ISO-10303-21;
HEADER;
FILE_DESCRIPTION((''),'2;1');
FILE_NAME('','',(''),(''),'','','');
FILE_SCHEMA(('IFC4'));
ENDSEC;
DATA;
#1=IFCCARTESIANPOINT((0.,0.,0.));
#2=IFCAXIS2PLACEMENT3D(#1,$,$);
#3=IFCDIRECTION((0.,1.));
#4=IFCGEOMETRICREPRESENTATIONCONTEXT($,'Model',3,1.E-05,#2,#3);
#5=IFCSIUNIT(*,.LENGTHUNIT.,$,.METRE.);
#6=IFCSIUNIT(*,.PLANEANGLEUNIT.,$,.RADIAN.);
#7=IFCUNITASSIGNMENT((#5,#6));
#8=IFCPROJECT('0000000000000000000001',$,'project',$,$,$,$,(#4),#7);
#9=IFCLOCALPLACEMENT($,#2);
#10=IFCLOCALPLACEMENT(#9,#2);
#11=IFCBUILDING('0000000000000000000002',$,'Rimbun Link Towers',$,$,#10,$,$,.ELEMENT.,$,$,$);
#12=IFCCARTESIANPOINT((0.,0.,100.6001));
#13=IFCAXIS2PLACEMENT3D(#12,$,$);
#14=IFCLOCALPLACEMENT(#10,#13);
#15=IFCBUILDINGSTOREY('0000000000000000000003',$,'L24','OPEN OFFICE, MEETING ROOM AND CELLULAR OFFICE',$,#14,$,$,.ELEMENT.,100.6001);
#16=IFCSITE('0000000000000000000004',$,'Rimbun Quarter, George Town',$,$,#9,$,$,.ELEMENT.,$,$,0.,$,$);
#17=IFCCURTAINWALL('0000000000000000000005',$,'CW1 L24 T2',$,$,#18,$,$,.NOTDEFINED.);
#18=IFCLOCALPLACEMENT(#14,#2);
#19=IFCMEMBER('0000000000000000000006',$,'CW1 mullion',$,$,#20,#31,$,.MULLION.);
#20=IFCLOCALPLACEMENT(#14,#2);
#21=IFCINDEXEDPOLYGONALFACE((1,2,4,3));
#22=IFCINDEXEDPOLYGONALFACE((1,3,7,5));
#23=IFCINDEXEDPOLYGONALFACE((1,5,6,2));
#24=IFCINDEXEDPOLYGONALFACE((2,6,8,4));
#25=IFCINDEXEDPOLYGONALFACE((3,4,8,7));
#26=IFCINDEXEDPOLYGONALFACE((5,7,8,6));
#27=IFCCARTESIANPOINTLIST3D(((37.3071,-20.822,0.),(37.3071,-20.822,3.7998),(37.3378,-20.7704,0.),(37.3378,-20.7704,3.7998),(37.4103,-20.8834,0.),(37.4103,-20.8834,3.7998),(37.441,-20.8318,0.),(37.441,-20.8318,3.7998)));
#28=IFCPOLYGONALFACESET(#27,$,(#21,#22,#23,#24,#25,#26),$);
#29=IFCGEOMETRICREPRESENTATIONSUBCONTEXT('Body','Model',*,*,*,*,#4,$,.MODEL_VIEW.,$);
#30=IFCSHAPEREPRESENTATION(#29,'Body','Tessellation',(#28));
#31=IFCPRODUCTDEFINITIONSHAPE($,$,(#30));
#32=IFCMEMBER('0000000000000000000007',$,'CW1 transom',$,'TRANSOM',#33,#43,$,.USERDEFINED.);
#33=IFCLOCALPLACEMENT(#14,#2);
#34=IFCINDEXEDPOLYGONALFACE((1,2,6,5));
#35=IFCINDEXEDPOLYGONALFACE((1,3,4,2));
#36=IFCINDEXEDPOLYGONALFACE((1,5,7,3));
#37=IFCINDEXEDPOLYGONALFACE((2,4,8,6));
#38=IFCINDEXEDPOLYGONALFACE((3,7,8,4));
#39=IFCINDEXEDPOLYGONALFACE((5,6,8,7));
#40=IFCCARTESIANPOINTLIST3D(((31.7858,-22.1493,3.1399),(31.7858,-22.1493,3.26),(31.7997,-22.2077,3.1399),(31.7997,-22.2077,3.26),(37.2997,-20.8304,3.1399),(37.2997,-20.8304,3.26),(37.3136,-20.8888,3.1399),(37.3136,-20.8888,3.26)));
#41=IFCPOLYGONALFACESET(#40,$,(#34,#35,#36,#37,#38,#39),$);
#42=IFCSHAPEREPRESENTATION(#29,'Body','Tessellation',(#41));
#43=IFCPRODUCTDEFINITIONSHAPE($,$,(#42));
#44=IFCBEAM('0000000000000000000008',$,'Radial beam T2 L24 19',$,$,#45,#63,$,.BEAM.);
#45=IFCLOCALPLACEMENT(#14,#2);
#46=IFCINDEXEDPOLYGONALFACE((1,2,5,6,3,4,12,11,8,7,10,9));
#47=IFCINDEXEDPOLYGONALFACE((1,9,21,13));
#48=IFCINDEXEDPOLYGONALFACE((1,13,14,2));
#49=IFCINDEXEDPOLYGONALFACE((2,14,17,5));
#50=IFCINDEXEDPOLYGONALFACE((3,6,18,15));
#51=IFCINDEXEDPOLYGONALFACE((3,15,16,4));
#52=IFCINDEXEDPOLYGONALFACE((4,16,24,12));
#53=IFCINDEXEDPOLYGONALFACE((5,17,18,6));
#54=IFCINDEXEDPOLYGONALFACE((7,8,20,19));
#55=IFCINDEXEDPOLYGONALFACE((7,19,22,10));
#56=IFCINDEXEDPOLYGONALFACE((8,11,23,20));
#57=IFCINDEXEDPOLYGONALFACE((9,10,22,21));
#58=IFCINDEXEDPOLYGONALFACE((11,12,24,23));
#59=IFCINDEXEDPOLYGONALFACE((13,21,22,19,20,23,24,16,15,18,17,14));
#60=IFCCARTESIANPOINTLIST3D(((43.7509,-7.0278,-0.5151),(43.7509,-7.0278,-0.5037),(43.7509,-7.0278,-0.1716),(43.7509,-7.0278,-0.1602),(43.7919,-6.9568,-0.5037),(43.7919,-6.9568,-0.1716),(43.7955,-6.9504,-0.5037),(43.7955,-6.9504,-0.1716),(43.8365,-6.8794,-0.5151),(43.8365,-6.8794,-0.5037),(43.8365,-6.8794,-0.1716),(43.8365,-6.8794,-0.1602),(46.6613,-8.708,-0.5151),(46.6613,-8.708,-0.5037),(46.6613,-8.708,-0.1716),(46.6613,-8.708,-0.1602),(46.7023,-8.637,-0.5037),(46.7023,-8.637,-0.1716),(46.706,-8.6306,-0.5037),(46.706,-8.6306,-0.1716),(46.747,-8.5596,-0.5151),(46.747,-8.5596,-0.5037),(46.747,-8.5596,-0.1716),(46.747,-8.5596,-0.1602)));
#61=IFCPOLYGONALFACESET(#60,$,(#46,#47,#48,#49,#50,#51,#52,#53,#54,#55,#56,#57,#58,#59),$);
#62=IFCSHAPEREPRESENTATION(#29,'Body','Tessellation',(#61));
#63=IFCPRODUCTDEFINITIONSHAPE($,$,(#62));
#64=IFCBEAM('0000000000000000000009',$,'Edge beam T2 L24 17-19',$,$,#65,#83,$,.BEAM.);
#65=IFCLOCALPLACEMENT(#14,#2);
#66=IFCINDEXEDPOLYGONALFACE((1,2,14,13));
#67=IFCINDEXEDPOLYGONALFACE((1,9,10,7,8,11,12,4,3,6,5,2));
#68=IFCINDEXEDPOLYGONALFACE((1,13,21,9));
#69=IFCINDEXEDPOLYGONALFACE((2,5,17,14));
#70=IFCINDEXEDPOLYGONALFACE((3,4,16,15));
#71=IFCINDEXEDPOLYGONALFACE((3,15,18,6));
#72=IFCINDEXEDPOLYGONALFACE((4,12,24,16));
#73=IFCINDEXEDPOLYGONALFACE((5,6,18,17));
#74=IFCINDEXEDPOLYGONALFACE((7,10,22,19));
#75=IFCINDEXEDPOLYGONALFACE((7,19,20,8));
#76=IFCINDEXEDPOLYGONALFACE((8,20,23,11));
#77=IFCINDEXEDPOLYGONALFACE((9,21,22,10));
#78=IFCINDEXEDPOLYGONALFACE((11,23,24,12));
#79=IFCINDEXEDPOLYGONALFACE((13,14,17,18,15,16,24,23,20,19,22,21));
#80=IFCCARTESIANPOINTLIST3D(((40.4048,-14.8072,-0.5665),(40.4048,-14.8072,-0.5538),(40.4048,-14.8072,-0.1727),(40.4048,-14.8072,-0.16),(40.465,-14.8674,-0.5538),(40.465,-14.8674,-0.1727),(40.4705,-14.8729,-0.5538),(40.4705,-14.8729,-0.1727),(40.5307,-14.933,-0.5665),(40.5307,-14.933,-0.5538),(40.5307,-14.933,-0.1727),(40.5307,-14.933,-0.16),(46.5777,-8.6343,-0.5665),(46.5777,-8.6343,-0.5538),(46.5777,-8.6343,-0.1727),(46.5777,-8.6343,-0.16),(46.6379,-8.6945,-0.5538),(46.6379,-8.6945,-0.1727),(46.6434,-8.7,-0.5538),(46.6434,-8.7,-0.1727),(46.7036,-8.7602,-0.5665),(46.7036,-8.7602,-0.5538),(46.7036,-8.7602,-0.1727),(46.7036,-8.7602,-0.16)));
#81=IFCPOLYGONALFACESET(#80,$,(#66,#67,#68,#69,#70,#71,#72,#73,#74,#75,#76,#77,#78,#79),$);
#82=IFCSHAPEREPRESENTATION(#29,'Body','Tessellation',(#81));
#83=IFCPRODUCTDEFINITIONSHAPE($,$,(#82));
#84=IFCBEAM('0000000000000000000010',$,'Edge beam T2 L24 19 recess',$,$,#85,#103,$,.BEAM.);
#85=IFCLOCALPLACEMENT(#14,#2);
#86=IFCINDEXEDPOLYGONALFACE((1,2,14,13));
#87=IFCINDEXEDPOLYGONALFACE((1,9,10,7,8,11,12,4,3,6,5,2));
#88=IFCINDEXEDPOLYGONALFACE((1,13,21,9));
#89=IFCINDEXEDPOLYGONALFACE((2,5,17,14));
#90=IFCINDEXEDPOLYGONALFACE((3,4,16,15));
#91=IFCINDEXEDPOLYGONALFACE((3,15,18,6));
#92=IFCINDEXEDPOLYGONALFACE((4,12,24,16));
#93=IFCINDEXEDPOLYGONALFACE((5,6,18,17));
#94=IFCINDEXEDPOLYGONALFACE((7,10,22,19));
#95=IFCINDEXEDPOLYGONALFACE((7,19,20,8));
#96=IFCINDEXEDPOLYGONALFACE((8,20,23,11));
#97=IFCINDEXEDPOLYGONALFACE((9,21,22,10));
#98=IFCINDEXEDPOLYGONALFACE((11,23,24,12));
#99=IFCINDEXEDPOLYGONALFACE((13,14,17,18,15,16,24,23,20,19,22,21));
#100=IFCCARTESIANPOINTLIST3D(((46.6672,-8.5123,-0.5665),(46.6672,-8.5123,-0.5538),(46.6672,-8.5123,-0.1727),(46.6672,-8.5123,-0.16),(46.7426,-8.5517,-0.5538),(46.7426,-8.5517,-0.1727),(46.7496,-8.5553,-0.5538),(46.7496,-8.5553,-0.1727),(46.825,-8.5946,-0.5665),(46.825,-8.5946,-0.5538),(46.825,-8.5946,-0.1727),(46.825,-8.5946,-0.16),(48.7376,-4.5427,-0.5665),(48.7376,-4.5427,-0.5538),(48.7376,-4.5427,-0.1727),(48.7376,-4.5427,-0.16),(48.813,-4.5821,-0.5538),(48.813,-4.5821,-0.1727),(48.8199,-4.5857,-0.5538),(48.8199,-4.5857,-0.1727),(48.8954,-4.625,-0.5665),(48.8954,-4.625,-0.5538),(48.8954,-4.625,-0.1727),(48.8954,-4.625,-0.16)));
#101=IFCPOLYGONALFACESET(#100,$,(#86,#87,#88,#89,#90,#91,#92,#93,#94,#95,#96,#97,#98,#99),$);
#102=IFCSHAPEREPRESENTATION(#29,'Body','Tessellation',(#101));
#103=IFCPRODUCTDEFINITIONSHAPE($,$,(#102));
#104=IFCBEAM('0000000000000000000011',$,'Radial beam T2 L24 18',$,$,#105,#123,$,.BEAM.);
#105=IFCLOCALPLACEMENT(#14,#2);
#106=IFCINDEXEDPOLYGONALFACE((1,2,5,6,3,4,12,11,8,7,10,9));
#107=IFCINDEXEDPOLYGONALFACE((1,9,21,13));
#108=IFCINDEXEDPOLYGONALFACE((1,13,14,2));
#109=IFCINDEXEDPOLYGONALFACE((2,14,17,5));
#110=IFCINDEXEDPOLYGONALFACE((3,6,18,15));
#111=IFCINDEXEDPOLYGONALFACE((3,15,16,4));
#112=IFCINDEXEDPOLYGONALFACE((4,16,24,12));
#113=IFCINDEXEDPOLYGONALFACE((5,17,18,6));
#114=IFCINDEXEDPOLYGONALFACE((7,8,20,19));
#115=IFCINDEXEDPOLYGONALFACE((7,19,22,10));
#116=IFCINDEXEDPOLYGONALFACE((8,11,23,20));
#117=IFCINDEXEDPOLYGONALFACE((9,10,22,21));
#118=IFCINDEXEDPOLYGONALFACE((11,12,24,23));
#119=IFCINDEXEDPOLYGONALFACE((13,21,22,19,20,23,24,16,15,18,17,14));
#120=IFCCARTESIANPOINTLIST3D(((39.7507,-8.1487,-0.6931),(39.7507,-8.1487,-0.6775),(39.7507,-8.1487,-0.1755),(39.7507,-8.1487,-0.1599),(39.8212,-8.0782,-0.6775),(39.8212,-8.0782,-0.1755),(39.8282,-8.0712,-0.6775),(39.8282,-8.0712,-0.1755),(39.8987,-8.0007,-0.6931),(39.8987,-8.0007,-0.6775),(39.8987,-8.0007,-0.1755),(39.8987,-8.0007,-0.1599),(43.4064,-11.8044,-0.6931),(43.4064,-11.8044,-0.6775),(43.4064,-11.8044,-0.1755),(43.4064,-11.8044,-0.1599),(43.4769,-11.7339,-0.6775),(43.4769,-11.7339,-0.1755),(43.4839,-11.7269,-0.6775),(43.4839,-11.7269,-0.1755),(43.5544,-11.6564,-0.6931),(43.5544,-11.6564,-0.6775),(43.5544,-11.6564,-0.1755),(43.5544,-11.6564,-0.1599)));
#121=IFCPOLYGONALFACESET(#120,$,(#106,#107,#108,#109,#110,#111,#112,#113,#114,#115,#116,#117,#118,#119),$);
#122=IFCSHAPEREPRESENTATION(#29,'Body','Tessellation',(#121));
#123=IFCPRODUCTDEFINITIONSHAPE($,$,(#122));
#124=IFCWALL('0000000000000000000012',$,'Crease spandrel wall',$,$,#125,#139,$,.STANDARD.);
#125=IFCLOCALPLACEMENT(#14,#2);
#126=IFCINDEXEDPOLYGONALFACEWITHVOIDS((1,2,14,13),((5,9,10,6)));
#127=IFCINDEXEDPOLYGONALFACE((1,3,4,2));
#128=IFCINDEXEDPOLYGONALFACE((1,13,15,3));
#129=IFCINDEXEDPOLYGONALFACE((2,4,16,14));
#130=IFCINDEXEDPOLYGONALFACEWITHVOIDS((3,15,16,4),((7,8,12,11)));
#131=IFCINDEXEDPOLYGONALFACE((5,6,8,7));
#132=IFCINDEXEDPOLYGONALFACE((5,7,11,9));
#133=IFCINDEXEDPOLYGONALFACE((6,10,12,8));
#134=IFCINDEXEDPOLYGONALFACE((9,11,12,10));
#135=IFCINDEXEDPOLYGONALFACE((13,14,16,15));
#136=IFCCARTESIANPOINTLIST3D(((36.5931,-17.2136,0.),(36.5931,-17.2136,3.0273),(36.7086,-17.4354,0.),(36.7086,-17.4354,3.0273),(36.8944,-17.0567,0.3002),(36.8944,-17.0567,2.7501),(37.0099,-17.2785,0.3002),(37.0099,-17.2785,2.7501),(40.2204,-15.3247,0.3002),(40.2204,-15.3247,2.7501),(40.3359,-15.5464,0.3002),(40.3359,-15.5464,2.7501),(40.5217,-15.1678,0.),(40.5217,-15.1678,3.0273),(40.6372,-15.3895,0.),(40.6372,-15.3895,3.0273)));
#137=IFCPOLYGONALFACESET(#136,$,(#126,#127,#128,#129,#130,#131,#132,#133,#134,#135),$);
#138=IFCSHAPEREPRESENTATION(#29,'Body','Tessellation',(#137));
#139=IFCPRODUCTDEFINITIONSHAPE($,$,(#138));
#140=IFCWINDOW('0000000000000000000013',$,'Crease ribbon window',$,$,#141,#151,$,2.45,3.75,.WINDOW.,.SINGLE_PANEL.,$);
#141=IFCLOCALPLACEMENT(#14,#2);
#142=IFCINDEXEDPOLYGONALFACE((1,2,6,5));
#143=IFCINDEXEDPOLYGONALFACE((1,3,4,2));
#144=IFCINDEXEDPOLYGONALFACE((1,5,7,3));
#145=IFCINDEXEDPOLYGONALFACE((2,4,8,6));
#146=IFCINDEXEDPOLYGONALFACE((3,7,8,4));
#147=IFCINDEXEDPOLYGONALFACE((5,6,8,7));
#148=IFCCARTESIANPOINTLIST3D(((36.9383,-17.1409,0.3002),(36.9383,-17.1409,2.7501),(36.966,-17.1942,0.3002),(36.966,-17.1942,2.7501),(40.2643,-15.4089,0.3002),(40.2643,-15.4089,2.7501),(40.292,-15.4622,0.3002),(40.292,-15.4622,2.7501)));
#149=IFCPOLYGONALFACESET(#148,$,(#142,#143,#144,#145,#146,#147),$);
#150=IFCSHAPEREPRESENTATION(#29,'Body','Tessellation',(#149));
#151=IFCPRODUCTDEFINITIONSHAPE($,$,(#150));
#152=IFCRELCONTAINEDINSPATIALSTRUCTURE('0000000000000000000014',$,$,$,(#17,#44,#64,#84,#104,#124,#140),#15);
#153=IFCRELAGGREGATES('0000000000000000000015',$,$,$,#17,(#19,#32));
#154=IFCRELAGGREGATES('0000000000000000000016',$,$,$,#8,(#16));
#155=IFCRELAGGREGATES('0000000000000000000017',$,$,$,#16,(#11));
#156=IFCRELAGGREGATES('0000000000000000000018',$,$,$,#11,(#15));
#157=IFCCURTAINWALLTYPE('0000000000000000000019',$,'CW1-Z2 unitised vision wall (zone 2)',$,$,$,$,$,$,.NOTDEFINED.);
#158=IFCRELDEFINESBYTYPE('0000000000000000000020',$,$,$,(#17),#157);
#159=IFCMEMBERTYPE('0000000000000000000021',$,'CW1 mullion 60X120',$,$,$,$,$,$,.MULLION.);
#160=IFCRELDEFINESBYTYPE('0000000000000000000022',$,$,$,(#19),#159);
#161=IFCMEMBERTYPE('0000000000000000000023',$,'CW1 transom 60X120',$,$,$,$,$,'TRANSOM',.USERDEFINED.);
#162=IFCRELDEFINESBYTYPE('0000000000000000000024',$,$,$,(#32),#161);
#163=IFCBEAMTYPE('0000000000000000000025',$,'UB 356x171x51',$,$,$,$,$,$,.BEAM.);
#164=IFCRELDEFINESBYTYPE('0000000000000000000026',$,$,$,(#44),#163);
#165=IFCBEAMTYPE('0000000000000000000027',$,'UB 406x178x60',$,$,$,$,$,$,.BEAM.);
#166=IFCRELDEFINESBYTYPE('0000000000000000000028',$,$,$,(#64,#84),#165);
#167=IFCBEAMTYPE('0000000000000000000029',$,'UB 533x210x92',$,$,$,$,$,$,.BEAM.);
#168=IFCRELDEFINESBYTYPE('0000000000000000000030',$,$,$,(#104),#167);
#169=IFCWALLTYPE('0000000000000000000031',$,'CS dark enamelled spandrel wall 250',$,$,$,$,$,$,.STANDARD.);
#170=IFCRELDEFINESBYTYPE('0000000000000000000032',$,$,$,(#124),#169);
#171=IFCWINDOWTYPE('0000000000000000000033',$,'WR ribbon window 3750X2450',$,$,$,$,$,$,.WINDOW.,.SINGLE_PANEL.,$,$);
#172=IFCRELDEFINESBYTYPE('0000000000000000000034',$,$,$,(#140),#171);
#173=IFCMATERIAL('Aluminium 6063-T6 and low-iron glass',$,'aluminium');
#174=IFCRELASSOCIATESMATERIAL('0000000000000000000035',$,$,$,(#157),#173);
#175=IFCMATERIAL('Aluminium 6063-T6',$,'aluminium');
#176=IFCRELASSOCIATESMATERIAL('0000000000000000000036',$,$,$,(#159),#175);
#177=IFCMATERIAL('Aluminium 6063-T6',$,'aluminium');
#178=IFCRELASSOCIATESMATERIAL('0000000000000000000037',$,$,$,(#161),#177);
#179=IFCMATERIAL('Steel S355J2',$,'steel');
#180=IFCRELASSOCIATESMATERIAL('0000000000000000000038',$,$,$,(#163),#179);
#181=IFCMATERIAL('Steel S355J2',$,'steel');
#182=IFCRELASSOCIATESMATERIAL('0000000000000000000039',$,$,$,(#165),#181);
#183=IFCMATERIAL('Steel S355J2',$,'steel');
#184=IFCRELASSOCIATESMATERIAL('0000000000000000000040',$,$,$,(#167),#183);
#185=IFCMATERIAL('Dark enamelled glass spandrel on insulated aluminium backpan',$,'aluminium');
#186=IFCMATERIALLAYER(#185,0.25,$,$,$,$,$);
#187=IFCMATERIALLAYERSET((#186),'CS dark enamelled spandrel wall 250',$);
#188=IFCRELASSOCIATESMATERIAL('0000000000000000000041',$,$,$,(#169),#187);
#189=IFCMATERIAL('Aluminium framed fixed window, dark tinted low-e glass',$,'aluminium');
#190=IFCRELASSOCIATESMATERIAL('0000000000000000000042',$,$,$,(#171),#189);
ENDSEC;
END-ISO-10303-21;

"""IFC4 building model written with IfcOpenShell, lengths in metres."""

from ifc_helpers import new_model, si_unit, direction, frame, frame_2d, origin, origin_2d, place, context, subcontext, project, spatial, rectangle, i_section, extrude, material, layer, layer_set, material_profile, profile_set, type_object, element, fill, aggregate, save


model = new_model("IFC4")

# Units and contexts
model_context = context("Model", 3, precision=1e-05, world=origin(), true_north=direction((0.0, 1.0)))
body_context = subcontext(model_context, "Body", "Model", "MODEL_VIEW")
ifc_project = project(units=[si_unit("LENGTHUNIT", "METRE"), si_unit("PLANEANGLEUNIT", "RADIAN")], contexts=[model_context])

# Site, building, storey
site_placement = place(None, origin())
site = spatial("IfcSite", under=ifc_project, at=site_placement, Name="Rimbun Quarter, George Town", CompositionType="ELEMENT", RefElevation=0.0)
building_placement = place(site_placement, origin())
building = spatial("IfcBuilding", under=site, at=building_placement, Name="Rimbun Link Towers", CompositionType="ELEMENT")
storey_placement = place(building_placement, frame((0.0, 0.0, 100.6001)))
storey = spatial("IfcBuildingStorey", under=building, at=storey_placement, Name="L24", Description="OPEN OFFICE, MEETING ROOM AND CELLULAR OFFICE", CompositionType="ELEMENT", Elevation=100.6001)

# Curtain wall, members
ifc_material_1 = material(Name="Aluminium 6063-T6 and low-iron glass", Category="aluminium")
curtain_wall_type = type_object("IfcCurtainWallType", Name="CW1-Z2 unitised vision wall (zone 2)", PredefinedType="NOTDEFINED", material=ifc_material_1)
curtain_wall_placement = place(storey_placement, origin())
curtain_wall = element("IfcCurtainWall", 1, at=curtain_wall_placement, inside=storey, type_object=curtain_wall_type, Name="CW1 L24 T2", PredefinedType="NOTDEFINED")
ifc_material_2 = material(Name="Aluminium 6063-T6", Category="aluminium")
ifc_material_profile_1 = material_profile(ifc_material_2, rectangle(XDim=0.1201, YDim=0.0601, at=origin_2d()), Name="MULLION 60X120")
ifc_profile_set_1 = profile_set([ifc_material_profile_1], Name="Aluminium 6063-T6")
member_type_1 = type_object("IfcMemberType", Name="CW1 mullion 60X120", PredefinedType="MULLION", material=ifc_profile_set_1)
member_1_placement = place(storey_placement, frame((37.374, -20.8269, 0.0), z_axis=(0.0, 0.0, 1.0), x_axis=(0.859189, -0.511659, 0.0)))
member_1 = element("IfcMember", 2, at=member_1_placement, type_object=member_type_1, Name="CW1 mullion", PredefinedType="MULLION", context=body_context, shape_type="SweptSolid", body=[
    extrude(rectangle(XDim=0.1201, YDim=0.0601, at=origin_2d()), origin(), (0.0, 0.0, 1.0), 3.7998),
])
ifc_material_3 = material(Name="Aluminium 6063-T6", Category="aluminium")
ifc_material_profile_2 = material_profile(ifc_material_3, rectangle(XDim=0.0601, YDim=0.1201, at=origin_2d()), Name="TRANSOM 60X120")
ifc_profile_set_2 = profile_set([ifc_material_profile_2], Name="Aluminium 6063-T6")
member_type_2 = type_object("IfcMemberType", Name="CW1 transom 60X120", ElementType="TRANSOM", PredefinedType="USERDEFINED", material=ifc_profile_set_2)
member_2_placement = place(storey_placement, frame((37.3066, -20.8596, 3.2), z_axis=(-0.972567, -0.232624, 0.0), x_axis=(0.232624, -0.972567, 0.0)))
member_2 = element("IfcMember", 3, at=member_2_placement, type_object=member_type_2, Name="CW1 transom", ObjectType="TRANSOM", PredefinedType="USERDEFINED", context=body_context, shape_type="SweptSolid", body=[
    extrude(rectangle(XDim=0.0601, YDim=0.1201, at=origin_2d()), origin(), (0.0, 0.0, 1.0), 5.6694),
])
aggregate(curtain_wall, [member_1, member_2])

# Beams
ifc_material_4 = material(Name="Steel S355J2", Category="steel")
ifc_material_profile_3 = material_profile(ifc_material_4, i_section(OverallWidth=0.1714, OverallDepth=0.355, WebThickness=0.0073, FlangeThickness=0.0115, at=origin_2d()), Name="UB 356x171x51")
ifc_profile_set_3 = profile_set([ifc_material_profile_3], Name="Steel S355J2")
beam_type_1 = type_object("IfcBeamType", Name="UB 356x171x51", PredefinedType="BEAM", material=ifc_profile_set_3)
beam_1_placement = place(storey_placement, frame((43.7937, -6.9536, -0.3376), z_axis=(0.866044, -0.499968, 0.0), x_axis=(0.499968, 0.866044, 0.0)))
element("IfcBeam", 4, at=beam_1_placement, inside=storey, type_object=beam_type_1, Name="Radial beam T2 L24 19", PredefinedType="BEAM", context=body_context, shape_type="SweptSolid", body=[
    extrude(i_section(OverallWidth=0.1714, OverallDepth=0.355, WebThickness=0.0073, FlangeThickness=0.0115, at=origin_2d()), origin(), (0.0, 0.0, 1.0), 3.3606),
])
ifc_material_5 = material(Name="Steel S355J2", Category="steel")
ifc_material_profile_4 = material_profile(ifc_material_5, i_section(OverallWidth=0.178, OverallDepth=0.4065, WebThickness=0.0078, FlangeThickness=0.0127, at=origin_2d()), Name="UB 406x178x60")
ifc_profile_set_4 = profile_set([ifc_material_profile_4], Name="Steel S355J2")
beam_type_2 = type_object("IfcBeamType", Name="UB 406x178x60", PredefinedType="BEAM", material=ifc_profile_set_4)
beam_2_placement = place(storey_placement, frame((40.4678, -14.8701, -0.3633), z_axis=(0.707107, 0.707107, 0.0), x_axis=(-0.707107, 0.707107, 0.0)))
element("IfcBeam", 5, at=beam_2_placement, inside=storey, type_object=beam_type_2, Name="Edge beam T2 L24 17-19", PredefinedType="BEAM", context=body_context, shape_type="SweptSolid", body=[
    extrude(i_section(OverallWidth=0.178, OverallDepth=0.4065, WebThickness=0.0078, FlangeThickness=0.0127, at=origin_2d()), origin(), (0.0, 0.0, 1.0), 8.7297),
])
beam_3_placement = place(storey_placement, frame((46.7461, -8.5535, -0.3633), z_axis=(0.462439, 0.886651, 0.0), x_axis=(-0.886651, 0.462439, 0.0)))
element("IfcBeam", 6, at=beam_3_placement, inside=storey, type_object=beam_type_2, Name="Edge beam T2 L24 19 recess", PredefinedType="BEAM", context=body_context, shape_type="SweptSolid", body=[
    extrude(i_section(OverallWidth=0.178, OverallDepth=0.4065, WebThickness=0.0078, FlangeThickness=0.0127, at=origin_2d()), origin(), (0.0, 0.0, 1.0), 4.4771),
])
ifc_material_6 = material(Name="Steel S355J2", Category="steel")
ifc_material_profile_5 = material_profile(ifc_material_6, i_section(OverallWidth=0.2092, OverallDepth=0.5332, WebThickness=0.01, FlangeThickness=0.0156, at=origin_2d()), Name="UB 533x210x92")
ifc_profile_set_5 = profile_set([ifc_material_profile_5], Name="Steel S355J2")
beam_type_3 = type_object("IfcBeamType", Name="UB 533x210x92", PredefinedType="BEAM", material=ifc_profile_set_5)
beam_4_placement = place(storey_placement, frame((39.8247, -8.0747, -0.4265), z_axis=(0.707107, -0.707107, 0.0), x_axis=(0.707107, 0.707107, 0.0)))
element("IfcBeam", 7, at=beam_4_placement, inside=storey, type_object=beam_type_3, Name="Radial beam T2 L24 18", PredefinedType="BEAM", context=body_context, shape_type="SweptSolid", body=[
    extrude(i_section(OverallWidth=0.2092, OverallDepth=0.5332, WebThickness=0.01, FlangeThickness=0.0156, at=origin_2d()), origin(), (0.0, 0.0, 1.0), 5.1699),
])

# Wall, opening, window
ifc_material_7 = material(Name="Dark enamelled glass spandrel on insulated aluminium backpan", Category="aluminium")
ifc_layer_1 = layer(ifc_material_7, 0.25)
ifc_layer_set_1 = layer_set([ifc_layer_1], Name="CS dark enamelled spandrel wall 250")
wall_type_1 = type_object("IfcWallType", Name="CS dark enamelled spandrel wall 250", PredefinedType="STANDARD", material=ifc_layer_set_1)
wall_1_placement = place(storey_placement, frame((40.5796, -15.2786, 0.0), z_axis=(0.0, 0.0, 1.0), x_axis=(-0.886942, -0.46188, 0.0)))
wall_1 = element("IfcWall", 8, at=wall_1_placement, inside=storey, type_object=wall_type_1, Name="Crease spandrel wall", PredefinedType="STANDARD", context=body_context, shape_type="SweptSolid", body=[
    extrude(rectangle(XDim=4.4294, YDim=0.25, at=frame_2d((2.2148, 0.0))), origin(), (0.0, 0.0, 1.0), 3.0273),
])
opening_1_placement = place(wall_1_placement, frame((0.3398, 0.0, 0.3)))
opening_1 = element("IfcOpeningElement", 9, at=opening_1_placement, cuts=wall_1, PredefinedType="OPENING", context=body_context, shape_type="SweptSolid", body=[
    extrude(rectangle(XDim=3.75, YDim=2.45, at=frame_2d((1.875, 1.2251))), frame((0.0, 0.135, 0.0), z_axis=(0.0, -1.0, 0.0), x_axis=(1.0, 0.0, 0.0)), (0.0, 0.0, 1.0), 0.27),
])
ifc_material_8 = material(Name="Aluminium framed fixed window, dark tinted low-e glass", Category="aluminium")
window_type_1 = type_object("IfcWindowType", Name="WR ribbon window 3750X2450", PartitioningType="SINGLE_PANEL", PredefinedType="WINDOW", material=ifc_material_8)
window_1_placement = place(opening_1_placement, origin())
window_1 = element("IfcWindow", 10, at=window_1_placement, inside=storey, type_object=window_type_1, Name="Crease ribbon window", OverallHeight=2.45, OverallWidth=3.75, PartitioningType="SINGLE_PANEL", PredefinedType="WINDOW", context=body_context, shape_type="SweptSolid", body=[
    extrude(rectangle(XDim=3.75, YDim=2.45, at=frame_2d((1.875, 1.2251))), frame((0.0, 0.03, 0.0), z_axis=(0.0, -1.0, 0.0), x_axis=(1.0, 0.0, 0.0)), (0.0, 0.0, 1.0), 0.0601),
])
fill(opening_1, window_1)

save(model, "model.ifc")
